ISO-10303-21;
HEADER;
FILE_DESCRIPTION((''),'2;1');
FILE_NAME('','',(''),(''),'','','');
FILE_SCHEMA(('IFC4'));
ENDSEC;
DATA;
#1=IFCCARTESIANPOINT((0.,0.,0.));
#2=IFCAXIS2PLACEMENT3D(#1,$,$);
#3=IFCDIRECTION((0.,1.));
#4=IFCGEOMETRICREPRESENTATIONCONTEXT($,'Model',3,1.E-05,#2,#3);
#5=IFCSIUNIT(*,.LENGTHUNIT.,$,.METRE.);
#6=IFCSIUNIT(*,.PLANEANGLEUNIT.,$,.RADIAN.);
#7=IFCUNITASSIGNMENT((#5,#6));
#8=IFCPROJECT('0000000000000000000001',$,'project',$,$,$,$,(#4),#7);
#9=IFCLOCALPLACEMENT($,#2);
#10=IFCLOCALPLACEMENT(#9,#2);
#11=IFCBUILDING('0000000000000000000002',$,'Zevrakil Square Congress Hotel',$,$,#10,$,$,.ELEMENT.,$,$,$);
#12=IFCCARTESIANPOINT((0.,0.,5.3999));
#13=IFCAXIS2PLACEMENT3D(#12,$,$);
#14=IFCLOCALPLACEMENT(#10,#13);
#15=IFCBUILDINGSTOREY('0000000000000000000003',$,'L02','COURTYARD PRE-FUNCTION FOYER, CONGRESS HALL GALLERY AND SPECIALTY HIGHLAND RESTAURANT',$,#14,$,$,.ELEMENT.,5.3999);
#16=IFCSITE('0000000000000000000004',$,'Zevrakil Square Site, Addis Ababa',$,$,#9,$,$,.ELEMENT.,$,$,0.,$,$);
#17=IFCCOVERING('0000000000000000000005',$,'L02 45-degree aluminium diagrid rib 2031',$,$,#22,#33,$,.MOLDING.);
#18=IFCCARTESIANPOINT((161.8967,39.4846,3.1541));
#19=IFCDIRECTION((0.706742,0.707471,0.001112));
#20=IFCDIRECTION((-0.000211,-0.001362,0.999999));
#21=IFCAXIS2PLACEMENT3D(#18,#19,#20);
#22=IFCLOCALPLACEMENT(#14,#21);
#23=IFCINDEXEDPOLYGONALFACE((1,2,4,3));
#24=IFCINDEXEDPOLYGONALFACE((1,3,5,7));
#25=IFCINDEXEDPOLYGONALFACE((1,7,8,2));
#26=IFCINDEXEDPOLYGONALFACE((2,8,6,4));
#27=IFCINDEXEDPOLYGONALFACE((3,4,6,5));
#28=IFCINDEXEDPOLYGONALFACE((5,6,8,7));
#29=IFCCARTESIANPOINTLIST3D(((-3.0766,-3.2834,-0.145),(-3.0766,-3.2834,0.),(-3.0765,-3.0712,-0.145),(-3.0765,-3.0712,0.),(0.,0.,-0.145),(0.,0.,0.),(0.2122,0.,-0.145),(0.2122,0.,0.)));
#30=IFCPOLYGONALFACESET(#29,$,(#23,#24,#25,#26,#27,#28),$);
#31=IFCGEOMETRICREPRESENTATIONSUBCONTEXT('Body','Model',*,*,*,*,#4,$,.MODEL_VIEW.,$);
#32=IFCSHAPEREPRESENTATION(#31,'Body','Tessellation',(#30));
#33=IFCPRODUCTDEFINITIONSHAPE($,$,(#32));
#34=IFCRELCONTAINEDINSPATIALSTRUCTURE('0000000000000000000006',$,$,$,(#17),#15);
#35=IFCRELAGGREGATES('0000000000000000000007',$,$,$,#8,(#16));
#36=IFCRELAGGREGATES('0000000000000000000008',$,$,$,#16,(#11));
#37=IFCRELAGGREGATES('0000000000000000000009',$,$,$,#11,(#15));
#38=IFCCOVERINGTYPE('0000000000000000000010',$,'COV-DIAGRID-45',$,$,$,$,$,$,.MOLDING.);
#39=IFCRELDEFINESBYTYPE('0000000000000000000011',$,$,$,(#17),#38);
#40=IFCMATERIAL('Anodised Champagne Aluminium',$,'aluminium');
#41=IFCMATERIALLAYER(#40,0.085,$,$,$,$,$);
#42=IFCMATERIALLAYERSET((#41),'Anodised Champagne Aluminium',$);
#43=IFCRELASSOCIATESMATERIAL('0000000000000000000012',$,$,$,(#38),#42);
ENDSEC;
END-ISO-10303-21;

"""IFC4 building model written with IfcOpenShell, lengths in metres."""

from ifc_helpers import new_model, si_unit, direction, frame, origin, place, context, subcontext, project, spatial, polyline, outline, extrude, material, layer, layer_set, type_object, element, save


model = new_model("IFC4")

# Units and contexts
model_context = context("Model", 3, precision=1e-05, world=origin(), true_north=direction((0.0, 1.0)))
body_context = subcontext(model_context, "Body", "Model", "MODEL_VIEW")
ifc_project = project(units=[si_unit("LENGTHUNIT", "METRE"), si_unit("PLANEANGLEUNIT", "RADIAN")], contexts=[model_context])

# Site, building, storey
site_placement = place(None, origin())
site = spatial("IfcSite", under=ifc_project, at=site_placement, Name="Zevrakil Square Site, Addis Ababa", CompositionType="ELEMENT", RefElevation=0.0)
building_placement = place(site_placement, origin())
building = spatial("IfcBuilding", under=site, at=building_placement, Name="Zevrakil Square Congress Hotel", CompositionType="ELEMENT")
storey_placement = place(building_placement, frame((0.0, 0.0, 5.3999)))
storey = spatial("IfcBuildingStorey", under=building, at=storey_placement, Name="L02", Description="COURTYARD PRE-FUNCTION FOYER, CONGRESS HALL GALLERY AND SPECIALTY HIGHLAND RESTAURANT", CompositionType="ELEMENT", Elevation=5.3999)

# Covering
ifc_material_1 = material(Name="Anodised Champagne Aluminium", Category="aluminium")
ifc_layer_1 = layer(ifc_material_1, 0.085)
ifc_layer_set_1 = layer_set([ifc_layer_1], Name="Anodised Champagne Aluminium")
covering_type_1 = type_object("IfcCoveringType", Name="COV-DIAGRID-45", PredefinedType="MOLDING", material=ifc_layer_set_1)
covering_1_placement = place(storey_placement, frame((161.8967, 39.4846, 3.1541), z_axis=(0.706742, 0.707471, 0.001112), x_axis=(-0.000211, -0.001362, 0.999999)))
element("IfcCovering", 1, at=covering_1_placement, inside=storey, type_object=covering_type_1, Name="L02 45-degree aluminium diagrid rib 2031", PredefinedType="MOLDING", context=body_context, shape_type="SweptSolid", body=[
    extrude(outline(polyline([(0.0, 0.0), (0.2122, 0.0), (-3.0766, -3.2834), (-3.0765, -3.0712), (0.0, 0.0)])), origin(), (0.0, 0.0, -1.0), 0.145),
])

save(model, "model.ifc")
